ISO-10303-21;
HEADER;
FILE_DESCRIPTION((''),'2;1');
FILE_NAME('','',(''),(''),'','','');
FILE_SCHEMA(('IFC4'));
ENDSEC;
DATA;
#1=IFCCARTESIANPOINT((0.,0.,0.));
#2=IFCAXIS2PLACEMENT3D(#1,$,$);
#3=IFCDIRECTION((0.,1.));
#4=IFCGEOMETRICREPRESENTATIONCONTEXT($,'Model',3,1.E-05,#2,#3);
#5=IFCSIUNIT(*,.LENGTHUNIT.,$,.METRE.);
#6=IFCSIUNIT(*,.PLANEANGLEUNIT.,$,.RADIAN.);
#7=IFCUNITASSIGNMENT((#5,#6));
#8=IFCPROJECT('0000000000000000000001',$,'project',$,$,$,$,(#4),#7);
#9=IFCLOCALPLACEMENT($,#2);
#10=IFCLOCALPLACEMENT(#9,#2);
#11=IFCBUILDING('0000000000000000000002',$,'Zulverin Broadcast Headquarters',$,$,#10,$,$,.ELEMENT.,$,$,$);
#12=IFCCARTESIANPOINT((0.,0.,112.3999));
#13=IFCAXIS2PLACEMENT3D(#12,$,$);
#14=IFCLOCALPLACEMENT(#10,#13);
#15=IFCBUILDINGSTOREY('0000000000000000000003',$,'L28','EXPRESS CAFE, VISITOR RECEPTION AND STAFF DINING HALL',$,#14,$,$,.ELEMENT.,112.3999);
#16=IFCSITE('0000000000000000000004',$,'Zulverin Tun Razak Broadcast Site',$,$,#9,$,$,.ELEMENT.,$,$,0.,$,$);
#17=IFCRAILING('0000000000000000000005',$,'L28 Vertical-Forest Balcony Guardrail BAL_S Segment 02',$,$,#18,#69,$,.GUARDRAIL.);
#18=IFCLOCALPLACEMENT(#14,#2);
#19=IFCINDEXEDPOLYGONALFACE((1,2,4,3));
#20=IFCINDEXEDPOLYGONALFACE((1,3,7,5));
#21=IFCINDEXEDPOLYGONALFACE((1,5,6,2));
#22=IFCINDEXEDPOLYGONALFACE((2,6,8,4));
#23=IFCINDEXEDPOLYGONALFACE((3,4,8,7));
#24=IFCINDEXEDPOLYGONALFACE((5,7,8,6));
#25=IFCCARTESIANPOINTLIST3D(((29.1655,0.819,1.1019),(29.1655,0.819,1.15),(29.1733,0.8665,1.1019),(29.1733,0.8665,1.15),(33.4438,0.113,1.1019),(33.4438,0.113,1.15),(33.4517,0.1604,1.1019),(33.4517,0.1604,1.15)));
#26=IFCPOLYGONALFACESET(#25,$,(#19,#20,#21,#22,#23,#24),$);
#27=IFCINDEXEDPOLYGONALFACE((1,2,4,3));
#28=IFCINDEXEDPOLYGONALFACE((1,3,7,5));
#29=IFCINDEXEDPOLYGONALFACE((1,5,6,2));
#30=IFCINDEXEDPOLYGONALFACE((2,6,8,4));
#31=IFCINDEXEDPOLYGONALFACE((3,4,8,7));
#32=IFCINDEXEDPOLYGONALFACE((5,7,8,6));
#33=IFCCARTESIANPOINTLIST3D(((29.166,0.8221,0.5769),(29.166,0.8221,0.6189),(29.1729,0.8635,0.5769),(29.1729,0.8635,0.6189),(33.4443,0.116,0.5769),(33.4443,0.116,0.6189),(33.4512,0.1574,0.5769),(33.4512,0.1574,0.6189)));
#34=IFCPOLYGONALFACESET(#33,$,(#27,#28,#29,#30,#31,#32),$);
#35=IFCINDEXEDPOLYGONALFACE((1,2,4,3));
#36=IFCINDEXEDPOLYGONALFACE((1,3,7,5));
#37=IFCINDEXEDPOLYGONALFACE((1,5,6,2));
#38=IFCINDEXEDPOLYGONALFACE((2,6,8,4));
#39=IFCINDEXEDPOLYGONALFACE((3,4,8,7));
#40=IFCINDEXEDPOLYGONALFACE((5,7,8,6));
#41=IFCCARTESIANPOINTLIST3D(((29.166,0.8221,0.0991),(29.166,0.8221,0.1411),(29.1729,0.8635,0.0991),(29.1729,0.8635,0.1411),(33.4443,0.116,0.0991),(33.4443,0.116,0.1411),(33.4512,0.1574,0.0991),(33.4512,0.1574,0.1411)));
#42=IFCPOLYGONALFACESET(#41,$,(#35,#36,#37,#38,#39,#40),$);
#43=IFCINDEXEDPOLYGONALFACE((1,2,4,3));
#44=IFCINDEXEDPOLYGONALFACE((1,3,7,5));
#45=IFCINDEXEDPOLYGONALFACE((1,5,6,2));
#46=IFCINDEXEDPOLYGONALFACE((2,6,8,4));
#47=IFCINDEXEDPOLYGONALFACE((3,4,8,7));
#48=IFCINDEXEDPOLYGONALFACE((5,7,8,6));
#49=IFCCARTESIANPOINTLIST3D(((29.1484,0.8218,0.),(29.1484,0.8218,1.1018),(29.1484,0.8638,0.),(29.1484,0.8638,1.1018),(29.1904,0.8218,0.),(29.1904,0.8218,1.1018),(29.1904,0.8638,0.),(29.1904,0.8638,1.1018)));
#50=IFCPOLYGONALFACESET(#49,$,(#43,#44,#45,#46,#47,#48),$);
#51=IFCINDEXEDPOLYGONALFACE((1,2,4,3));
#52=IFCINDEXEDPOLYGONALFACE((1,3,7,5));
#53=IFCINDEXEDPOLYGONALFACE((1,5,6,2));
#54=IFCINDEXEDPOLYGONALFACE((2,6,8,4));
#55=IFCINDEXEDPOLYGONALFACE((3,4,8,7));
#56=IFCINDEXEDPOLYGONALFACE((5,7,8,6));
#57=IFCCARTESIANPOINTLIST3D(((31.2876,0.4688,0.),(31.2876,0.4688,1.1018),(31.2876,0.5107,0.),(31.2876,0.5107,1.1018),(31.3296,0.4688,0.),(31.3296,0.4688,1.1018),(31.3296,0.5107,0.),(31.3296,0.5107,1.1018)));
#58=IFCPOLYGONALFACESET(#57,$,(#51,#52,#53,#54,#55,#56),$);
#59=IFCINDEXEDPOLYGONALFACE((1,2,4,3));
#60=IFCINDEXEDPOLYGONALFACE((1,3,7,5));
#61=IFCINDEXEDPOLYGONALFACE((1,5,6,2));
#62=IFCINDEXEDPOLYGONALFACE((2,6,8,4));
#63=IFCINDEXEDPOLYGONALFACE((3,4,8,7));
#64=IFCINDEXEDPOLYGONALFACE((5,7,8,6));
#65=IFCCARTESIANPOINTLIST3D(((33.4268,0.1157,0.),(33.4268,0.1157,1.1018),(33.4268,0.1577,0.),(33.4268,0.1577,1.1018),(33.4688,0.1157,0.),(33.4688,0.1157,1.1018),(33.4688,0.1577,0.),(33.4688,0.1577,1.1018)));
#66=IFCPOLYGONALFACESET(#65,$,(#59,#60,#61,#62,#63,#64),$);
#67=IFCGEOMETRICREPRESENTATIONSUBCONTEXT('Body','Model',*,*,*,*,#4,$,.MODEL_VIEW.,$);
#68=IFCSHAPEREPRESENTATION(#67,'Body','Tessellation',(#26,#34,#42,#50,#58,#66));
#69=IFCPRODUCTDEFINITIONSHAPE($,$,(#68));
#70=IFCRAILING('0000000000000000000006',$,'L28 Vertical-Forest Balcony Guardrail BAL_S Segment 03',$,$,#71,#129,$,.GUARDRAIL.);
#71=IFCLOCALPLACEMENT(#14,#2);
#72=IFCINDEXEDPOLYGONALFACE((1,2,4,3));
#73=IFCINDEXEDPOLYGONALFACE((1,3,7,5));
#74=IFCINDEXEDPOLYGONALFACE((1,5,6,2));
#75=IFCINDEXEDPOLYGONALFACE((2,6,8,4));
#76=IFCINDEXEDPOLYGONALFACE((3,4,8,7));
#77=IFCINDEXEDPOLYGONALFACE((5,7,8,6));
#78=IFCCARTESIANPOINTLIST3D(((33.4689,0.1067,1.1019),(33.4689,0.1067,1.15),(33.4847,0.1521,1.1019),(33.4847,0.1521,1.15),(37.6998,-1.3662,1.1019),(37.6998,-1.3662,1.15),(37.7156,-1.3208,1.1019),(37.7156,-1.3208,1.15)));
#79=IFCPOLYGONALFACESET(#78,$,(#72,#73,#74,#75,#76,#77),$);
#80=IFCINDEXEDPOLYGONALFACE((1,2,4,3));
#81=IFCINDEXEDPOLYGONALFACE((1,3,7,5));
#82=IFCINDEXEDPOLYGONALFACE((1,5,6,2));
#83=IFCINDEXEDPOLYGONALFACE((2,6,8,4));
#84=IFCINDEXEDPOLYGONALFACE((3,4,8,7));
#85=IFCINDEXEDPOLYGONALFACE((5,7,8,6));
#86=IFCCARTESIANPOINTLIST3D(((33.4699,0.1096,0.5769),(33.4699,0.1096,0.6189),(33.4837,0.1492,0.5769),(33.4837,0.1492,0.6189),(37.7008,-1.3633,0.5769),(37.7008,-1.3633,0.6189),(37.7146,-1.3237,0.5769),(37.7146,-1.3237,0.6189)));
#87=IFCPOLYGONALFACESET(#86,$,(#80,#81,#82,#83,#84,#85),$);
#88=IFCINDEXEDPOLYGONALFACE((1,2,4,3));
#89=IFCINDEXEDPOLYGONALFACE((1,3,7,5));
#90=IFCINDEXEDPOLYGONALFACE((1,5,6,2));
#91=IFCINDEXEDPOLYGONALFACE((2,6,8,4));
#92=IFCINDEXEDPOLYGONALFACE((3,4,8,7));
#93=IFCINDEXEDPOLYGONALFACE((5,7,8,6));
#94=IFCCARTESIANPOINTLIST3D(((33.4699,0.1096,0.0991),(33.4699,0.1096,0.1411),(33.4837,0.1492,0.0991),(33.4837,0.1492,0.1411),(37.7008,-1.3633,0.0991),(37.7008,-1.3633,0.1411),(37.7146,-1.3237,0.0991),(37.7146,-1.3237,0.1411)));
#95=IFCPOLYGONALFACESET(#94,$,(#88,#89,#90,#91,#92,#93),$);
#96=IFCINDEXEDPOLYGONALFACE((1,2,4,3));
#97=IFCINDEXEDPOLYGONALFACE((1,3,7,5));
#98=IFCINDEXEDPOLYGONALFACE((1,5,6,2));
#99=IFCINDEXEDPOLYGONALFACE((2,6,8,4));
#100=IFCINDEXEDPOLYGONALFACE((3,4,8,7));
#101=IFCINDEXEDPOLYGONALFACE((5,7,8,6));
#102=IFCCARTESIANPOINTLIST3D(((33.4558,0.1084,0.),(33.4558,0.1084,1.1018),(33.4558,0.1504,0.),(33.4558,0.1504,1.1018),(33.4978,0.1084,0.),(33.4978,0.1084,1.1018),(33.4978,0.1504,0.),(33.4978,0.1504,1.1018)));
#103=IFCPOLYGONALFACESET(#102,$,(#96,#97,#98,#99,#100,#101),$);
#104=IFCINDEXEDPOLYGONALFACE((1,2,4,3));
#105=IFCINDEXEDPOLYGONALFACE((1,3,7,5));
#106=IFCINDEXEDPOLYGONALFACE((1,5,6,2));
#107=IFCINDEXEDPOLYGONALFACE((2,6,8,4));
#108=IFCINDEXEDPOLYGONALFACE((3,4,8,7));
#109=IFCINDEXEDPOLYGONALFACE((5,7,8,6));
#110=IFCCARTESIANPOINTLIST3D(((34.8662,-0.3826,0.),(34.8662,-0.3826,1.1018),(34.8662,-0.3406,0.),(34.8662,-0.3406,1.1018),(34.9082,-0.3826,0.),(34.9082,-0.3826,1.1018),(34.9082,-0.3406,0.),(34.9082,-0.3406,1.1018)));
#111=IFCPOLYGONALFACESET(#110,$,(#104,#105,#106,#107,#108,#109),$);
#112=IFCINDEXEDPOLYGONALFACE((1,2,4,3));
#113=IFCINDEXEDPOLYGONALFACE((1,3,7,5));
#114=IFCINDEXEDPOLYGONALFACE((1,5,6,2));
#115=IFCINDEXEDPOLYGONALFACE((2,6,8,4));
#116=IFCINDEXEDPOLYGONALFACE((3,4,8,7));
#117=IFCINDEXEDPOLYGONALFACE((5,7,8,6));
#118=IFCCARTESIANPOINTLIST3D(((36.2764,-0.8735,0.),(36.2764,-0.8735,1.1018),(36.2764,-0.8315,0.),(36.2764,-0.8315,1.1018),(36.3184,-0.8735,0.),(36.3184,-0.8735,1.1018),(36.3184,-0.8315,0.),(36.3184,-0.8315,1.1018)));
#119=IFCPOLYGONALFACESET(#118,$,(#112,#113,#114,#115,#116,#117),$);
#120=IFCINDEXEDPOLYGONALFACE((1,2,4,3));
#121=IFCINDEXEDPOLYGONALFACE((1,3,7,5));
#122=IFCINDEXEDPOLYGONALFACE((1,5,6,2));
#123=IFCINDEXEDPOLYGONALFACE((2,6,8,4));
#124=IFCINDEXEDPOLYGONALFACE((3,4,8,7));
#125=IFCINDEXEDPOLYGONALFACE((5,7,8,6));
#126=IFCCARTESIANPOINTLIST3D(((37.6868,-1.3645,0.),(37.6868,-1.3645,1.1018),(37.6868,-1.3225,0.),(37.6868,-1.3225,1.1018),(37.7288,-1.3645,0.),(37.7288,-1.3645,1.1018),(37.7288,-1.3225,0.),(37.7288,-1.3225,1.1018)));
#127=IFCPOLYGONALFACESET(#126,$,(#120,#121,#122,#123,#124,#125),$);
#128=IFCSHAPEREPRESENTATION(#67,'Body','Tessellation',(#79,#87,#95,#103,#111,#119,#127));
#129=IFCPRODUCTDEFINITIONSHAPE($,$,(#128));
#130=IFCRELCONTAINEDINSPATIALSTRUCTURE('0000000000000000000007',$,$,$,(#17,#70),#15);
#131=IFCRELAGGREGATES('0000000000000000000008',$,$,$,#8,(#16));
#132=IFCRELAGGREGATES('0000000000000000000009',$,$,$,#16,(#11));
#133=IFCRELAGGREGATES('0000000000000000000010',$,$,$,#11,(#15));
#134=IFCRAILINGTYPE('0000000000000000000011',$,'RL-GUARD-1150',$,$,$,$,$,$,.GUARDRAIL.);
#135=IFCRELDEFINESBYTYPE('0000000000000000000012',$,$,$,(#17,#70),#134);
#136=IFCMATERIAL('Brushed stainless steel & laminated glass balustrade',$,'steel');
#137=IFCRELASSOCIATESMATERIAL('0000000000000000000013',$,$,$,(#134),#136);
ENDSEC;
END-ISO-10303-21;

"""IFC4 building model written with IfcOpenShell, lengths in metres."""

from ifc_helpers import new_model, si_unit, direction, frame, origin, origin_2d, place, context, subcontext, project, spatial, rectangle, extrude, material, type_object, element, save


model = new_model("IFC4")

# Units and contexts
model_context = context("Model", 3, precision=1e-05, world=origin(), true_north=direction((0.0, 1.0)))
body_context = subcontext(model_context, "Body", "Model", "MODEL_VIEW")
ifc_project = project(units=[si_unit("LENGTHUNIT", "METRE"), si_unit("PLANEANGLEUNIT", "RADIAN")], contexts=[model_context])

# Site, building, storey
site_placement = place(None, origin())
site = spatial("IfcSite", under=ifc_project, at=site_placement, Name="Zulverin Tun Razak Broadcast Site", CompositionType="ELEMENT", RefElevation=0.0)
building_placement = place(site_placement, origin())
building = spatial("IfcBuilding", under=site, at=building_placement, Name="Zulverin Broadcast Headquarters", CompositionType="ELEMENT")
storey_placement = place(building_placement, frame((0.0, 0.0, 112.3999)))
storey = spatial("IfcBuildingStorey", under=building, at=storey_placement, Name="L28", Description="EXPRESS CAFE, VISITOR RECEPTION AND STAFF DINING HALL", CompositionType="ELEMENT", Elevation=112.3999)

# Railings
ifc_material_1 = material(Name="Brushed stainless steel & laminated glass balustrade", Category="steel")
railing_type = type_object("IfcRailingType", Name="RL-GUARD-1150", PredefinedType="GUARDRAIL", material=ifc_material_1)
railing_1_placement = place(storey_placement, frame((29.1694, 0.8428, 0.0)))
element("IfcRailing", 1, at=railing_1_placement, inside=storey, type_object=railing_type, Name="L28 Vertical-Forest Balcony Guardrail BAL_S Segment 02", PredefinedType="GUARDRAIL", context=body_context, shape_type="SweptSolid", body=[
    extrude(rectangle(XDim=0.0481, YDim=0.0481, at=origin_2d()), frame((0.0, 0.0, 1.126), z_axis=(0.986654, -0.162828, 0.0), x_axis=(0.162828, 0.986654, 0.0)), (0.0, 0.0, 1.0), 4.3362),
    extrude(rectangle(XDim=0.042, YDim=0.042, at=origin_2d()), frame((0.0, 0.0, 0.5979), z_axis=(0.986654, -0.162828, 0.0), x_axis=(0.162828, 0.986654, 0.0)), (0.0, 0.0, 1.0), 4.3362),
    extrude(rectangle(XDim=0.042, YDim=0.042, at=origin_2d()), frame((0.0, 0.0, 0.1201), z_axis=(0.986654, -0.162828, 0.0), x_axis=(0.162828, 0.986654, 0.0)), (0.0, 0.0, 1.0), 4.3362),
    extrude(rectangle(XDim=0.042, YDim=0.042, at=origin_2d()), origin(), (0.0, 0.0, 1.0), 1.1018),
    extrude(rectangle(XDim=0.042, YDim=0.042, at=origin_2d()), frame((2.1392, -0.353, 0.0)), (0.0, 0.0, 1.0), 1.1018),
    extrude(rectangle(XDim=0.042, YDim=0.042, at=origin_2d()), frame((4.2783, -0.7061, 0.0)), (0.0, 0.0, 1.0), 1.1018),
])
railing_2_placement = place(storey_placement, frame((33.4768, 0.1294, 0.0)))
element("IfcRailing", 2, at=railing_2_placement, inside=storey, type_object=railing_type, Name="L28 Vertical-Forest Balcony Guardrail BAL_S Segment 03", PredefinedType="GUARDRAIL", context=body_context, shape_type="SweptSolid", body=[
    extrude(rectangle(XDim=0.0481, YDim=0.0481, at=origin_2d()), frame((0.0, 0.0, 1.126), z_axis=(0.944409, -0.328772, 0.0), x_axis=(0.328772, 0.944409, 0.0)), (0.0, 0.0, 1.0), 4.48),
    extrude(rectangle(XDim=0.042, YDim=0.042, at=origin_2d()), frame((0.0, 0.0, 0.5979), z_axis=(0.944409, -0.328772, 0.0), x_axis=(0.328772, 0.944409, 0.0)), (0.0, 0.0, 1.0), 4.48),
    extrude(rectangle(XDim=0.042, YDim=0.042, at=origin_2d()), frame((0.0, 0.0, 0.1201), z_axis=(0.944409, -0.328772, 0.0), x_axis=(0.328772, 0.944409, 0.0)), (0.0, 0.0, 1.0), 4.48),
    extrude(rectangle(XDim=0.042, YDim=0.042, at=origin_2d()), origin(), (0.0, 0.0, 1.0), 1.1018),
    extrude(rectangle(XDim=0.042, YDim=0.042, at=origin_2d()), frame((1.4104, -0.491, 0.0)), (0.0, 0.0, 1.0), 1.1018),
    extrude(rectangle(XDim=0.042, YDim=0.042, at=origin_2d()), frame((2.8206, -0.9819, 0.0)), (0.0, 0.0, 1.0), 1.1018),
    extrude(rectangle(XDim=0.042, YDim=0.042, at=origin_2d()), frame((4.231, -1.4729, 0.0)), (0.0, 0.0, 1.0), 1.1018),
])

save(model, "model.ifc")
